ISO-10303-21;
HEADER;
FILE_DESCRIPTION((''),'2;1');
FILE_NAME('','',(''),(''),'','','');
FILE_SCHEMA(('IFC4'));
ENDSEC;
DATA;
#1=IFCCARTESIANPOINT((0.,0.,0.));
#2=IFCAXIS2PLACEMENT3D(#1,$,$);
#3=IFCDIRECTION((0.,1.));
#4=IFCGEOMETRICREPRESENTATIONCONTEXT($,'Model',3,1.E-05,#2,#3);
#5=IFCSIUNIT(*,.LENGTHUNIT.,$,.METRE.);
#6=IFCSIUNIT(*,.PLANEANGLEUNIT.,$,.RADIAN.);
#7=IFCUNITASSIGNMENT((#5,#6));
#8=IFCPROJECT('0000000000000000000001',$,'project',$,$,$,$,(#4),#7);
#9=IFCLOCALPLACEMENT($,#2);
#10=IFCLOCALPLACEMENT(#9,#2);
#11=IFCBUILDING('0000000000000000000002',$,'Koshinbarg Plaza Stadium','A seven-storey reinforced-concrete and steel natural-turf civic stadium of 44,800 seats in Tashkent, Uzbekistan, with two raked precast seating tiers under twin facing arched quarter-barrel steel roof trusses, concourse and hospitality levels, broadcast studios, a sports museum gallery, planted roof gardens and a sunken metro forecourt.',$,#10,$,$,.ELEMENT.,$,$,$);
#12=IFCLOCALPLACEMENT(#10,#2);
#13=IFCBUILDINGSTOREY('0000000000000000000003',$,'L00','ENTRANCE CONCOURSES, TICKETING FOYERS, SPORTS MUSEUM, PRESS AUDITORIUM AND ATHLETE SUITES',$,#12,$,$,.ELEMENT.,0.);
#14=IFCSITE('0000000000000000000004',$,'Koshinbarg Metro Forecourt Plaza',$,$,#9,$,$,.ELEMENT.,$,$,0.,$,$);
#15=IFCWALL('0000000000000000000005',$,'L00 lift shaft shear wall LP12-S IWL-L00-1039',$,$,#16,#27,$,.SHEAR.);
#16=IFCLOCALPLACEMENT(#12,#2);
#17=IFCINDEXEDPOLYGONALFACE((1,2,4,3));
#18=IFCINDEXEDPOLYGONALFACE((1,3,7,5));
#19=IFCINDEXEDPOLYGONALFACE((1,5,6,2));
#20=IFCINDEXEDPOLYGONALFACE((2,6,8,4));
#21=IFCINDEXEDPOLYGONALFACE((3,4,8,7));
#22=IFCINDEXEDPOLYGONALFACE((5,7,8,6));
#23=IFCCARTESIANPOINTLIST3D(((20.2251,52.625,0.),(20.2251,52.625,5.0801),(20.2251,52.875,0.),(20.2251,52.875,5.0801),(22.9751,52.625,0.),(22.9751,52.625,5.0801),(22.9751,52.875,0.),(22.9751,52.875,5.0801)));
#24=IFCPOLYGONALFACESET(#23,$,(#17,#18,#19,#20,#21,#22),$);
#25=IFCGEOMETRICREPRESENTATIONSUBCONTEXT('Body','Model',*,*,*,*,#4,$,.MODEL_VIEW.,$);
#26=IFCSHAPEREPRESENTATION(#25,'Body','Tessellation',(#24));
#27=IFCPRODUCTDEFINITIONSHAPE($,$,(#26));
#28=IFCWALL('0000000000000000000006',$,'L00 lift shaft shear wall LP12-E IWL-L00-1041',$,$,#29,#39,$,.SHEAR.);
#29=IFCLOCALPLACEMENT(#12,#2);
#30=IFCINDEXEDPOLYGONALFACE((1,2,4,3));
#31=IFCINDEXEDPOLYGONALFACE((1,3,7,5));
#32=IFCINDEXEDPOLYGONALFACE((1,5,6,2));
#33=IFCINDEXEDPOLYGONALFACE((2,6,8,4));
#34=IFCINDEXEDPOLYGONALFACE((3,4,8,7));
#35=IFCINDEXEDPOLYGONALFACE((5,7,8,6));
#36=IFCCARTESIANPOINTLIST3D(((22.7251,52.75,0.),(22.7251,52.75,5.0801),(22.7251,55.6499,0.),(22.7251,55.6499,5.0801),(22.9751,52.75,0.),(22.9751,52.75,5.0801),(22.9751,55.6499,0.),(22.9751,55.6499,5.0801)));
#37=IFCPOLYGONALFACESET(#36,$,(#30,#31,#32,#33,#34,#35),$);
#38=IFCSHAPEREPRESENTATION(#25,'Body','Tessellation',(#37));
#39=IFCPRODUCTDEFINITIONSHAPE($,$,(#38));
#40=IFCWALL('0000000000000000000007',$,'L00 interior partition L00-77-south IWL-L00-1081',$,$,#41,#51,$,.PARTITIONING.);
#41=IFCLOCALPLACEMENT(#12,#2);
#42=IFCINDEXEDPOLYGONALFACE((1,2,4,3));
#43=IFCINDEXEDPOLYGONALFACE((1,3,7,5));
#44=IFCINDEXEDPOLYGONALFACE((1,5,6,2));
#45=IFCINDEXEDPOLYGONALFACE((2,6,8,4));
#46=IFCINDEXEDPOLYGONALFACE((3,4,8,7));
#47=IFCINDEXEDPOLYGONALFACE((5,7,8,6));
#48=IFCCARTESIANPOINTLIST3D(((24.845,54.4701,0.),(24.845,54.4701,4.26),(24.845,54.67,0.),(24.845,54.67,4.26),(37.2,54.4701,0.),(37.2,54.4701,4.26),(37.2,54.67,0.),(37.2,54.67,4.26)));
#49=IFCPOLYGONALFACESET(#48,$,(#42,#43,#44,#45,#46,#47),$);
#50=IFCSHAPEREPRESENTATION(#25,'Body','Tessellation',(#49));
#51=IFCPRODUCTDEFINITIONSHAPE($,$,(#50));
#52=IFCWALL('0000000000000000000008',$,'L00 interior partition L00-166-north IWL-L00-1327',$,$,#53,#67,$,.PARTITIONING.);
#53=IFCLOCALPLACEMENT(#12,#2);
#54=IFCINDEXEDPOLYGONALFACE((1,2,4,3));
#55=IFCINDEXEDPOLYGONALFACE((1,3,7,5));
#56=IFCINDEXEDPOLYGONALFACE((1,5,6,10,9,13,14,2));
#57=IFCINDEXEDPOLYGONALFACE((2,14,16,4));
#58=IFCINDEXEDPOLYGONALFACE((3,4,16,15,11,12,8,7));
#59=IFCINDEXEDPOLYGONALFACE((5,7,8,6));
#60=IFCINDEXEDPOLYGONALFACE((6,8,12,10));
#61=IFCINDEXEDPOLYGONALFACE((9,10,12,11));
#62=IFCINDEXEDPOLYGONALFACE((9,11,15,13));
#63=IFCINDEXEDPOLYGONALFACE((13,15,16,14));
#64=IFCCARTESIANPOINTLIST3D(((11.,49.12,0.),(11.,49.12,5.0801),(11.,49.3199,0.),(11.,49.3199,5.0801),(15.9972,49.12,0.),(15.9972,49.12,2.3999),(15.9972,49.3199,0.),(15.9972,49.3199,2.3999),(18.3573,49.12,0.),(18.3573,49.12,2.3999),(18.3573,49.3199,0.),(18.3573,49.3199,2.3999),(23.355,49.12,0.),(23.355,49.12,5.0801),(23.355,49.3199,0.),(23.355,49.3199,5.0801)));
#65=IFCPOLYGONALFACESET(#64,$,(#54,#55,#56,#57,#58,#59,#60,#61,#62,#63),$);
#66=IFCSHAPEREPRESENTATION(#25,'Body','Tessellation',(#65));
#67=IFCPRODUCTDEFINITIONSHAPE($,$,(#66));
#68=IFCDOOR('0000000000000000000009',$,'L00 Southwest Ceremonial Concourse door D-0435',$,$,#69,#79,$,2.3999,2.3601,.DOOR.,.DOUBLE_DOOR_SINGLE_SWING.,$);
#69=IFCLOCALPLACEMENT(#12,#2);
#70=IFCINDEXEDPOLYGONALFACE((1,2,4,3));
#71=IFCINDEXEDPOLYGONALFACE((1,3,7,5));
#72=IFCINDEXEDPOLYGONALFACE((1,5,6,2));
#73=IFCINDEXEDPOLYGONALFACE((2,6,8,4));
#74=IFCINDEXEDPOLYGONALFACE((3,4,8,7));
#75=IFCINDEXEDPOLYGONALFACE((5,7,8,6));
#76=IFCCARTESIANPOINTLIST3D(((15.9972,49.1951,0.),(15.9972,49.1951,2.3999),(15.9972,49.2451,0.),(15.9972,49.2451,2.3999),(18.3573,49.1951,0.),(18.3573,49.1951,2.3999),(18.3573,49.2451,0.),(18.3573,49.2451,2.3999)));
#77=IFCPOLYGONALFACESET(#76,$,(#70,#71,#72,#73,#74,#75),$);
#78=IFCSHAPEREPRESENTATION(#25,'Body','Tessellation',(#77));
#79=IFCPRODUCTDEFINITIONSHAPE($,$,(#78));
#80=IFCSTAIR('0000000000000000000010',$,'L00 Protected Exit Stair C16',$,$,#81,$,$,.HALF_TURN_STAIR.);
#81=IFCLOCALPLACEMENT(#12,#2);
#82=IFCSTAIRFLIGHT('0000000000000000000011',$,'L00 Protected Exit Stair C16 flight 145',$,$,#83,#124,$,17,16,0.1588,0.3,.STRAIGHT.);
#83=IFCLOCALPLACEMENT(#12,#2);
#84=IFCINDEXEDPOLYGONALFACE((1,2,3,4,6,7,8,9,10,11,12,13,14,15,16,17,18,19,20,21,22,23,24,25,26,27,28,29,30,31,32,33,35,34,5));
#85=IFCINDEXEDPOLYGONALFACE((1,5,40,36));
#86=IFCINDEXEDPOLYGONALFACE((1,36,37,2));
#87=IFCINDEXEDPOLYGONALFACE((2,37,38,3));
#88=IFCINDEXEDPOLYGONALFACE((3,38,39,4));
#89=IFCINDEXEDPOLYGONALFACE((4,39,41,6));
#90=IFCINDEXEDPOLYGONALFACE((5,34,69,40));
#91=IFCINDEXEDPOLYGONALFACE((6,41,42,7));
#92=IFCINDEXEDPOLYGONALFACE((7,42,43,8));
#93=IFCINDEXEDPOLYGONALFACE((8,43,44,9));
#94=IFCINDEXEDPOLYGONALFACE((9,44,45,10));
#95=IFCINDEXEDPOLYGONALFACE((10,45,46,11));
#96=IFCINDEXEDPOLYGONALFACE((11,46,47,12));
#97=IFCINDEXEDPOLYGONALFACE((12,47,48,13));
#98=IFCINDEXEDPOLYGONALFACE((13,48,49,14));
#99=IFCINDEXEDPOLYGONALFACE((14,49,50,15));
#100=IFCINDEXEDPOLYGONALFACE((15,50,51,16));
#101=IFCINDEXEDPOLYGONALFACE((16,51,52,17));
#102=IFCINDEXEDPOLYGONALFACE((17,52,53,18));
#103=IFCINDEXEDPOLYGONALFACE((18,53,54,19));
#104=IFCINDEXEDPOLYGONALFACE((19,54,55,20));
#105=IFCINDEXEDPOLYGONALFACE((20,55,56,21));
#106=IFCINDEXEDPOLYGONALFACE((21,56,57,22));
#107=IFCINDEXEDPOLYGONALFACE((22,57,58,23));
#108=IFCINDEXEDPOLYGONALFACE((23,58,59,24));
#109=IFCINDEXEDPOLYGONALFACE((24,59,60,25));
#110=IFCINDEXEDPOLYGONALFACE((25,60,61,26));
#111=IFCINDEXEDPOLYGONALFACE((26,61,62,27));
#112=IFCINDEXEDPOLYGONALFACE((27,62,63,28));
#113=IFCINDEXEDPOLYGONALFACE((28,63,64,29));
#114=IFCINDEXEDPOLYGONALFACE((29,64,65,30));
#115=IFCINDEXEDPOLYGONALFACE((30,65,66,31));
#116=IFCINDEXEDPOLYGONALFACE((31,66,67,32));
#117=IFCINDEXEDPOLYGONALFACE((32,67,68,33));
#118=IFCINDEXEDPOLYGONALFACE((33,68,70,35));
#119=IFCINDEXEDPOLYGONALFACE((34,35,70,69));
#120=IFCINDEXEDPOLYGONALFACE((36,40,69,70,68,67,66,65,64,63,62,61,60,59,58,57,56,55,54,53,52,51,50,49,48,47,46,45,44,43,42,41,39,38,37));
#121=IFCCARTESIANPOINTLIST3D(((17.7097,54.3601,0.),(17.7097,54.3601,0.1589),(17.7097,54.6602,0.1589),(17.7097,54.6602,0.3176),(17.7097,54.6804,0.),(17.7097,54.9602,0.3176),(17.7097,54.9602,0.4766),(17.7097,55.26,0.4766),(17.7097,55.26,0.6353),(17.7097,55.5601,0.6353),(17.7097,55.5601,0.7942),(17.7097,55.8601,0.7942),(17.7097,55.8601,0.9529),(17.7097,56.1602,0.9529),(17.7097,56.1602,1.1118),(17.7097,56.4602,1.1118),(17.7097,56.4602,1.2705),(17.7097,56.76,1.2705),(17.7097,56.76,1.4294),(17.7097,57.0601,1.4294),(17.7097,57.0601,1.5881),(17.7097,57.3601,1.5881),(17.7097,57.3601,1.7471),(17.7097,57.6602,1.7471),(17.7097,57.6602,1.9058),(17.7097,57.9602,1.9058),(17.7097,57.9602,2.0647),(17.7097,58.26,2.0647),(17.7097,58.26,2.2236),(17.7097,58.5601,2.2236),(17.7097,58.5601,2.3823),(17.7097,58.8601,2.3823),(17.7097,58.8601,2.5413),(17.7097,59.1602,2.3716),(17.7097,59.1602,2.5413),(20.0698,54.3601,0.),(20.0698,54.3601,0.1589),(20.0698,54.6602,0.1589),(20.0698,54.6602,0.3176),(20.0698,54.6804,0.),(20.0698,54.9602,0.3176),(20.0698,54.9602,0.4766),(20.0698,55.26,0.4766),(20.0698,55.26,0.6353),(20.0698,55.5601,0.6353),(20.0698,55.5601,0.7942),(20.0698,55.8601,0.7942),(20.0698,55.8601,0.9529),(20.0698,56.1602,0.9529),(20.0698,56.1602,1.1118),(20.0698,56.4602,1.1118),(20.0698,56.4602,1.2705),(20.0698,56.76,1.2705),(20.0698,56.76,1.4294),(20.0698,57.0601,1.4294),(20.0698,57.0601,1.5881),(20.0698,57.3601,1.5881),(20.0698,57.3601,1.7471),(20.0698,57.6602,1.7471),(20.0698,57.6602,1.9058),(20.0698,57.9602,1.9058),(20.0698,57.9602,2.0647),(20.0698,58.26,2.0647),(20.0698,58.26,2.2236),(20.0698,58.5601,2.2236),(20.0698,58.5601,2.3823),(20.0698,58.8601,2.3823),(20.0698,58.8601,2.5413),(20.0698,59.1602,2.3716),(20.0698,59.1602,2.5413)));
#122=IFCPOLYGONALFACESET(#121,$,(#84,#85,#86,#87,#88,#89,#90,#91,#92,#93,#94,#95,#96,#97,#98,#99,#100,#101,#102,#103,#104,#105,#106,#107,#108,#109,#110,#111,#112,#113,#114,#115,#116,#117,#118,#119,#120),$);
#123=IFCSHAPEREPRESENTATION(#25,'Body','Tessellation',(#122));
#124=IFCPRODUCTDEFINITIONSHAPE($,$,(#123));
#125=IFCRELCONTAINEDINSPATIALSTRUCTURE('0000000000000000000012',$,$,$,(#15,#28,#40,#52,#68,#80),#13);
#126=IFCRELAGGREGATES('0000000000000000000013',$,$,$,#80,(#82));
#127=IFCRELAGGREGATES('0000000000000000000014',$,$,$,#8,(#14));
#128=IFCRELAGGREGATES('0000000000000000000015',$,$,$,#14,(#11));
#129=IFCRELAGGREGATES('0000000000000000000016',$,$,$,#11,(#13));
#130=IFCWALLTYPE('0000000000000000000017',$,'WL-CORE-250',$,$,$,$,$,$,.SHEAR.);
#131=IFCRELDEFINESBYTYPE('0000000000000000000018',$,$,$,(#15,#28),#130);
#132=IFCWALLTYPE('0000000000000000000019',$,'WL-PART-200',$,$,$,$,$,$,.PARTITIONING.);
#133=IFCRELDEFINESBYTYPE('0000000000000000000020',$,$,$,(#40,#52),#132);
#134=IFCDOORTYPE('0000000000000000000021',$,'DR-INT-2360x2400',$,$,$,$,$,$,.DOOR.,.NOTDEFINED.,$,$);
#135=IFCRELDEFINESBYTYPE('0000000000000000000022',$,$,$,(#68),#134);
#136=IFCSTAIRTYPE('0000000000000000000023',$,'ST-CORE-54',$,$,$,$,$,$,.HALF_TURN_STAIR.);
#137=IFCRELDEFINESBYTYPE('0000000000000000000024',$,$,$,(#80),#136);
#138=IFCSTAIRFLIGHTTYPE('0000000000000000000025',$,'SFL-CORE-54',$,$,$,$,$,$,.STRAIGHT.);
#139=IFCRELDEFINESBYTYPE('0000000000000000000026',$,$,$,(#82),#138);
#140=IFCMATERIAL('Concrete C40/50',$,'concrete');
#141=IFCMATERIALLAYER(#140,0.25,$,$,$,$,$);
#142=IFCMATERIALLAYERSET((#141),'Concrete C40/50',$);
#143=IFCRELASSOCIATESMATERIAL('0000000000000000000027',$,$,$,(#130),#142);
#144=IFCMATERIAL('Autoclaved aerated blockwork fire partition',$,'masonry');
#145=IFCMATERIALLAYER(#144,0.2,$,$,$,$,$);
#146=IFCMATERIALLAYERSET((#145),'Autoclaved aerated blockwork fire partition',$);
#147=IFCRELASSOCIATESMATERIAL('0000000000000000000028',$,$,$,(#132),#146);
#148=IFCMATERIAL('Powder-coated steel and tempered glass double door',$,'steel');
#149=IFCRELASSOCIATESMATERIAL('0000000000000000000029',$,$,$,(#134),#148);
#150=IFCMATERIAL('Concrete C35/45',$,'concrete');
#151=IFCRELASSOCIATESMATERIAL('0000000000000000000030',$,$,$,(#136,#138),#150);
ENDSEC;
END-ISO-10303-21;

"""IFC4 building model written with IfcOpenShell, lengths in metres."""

from ifc_helpers import new_model, si_unit, direction, frame, frame_2d, origin, place, context, subcontext, project, spatial, polyline, rectangle, outline, extrude, material, layer, layer_set, type_object, element, fill, aggregate, save


model = new_model("IFC4")

# Units and contexts
model_context = context("Model", 3, precision=1e-05, world=origin(), true_north=direction((0.0, 1.0)))
body_context = subcontext(model_context, "Body", "Model", "MODEL_VIEW")
ifc_project = project(units=[si_unit("LENGTHUNIT", "METRE"), si_unit("PLANEANGLEUNIT", "RADIAN")], contexts=[model_context])

# Site, building, storey
site_placement = place(None, origin())
site = spatial("IfcSite", under=ifc_project, at=site_placement, Name="Koshinbarg Metro Forecourt Plaza", CompositionType="ELEMENT", RefElevation=0.0)
building_placement = place(site_placement, origin())
building = spatial("IfcBuilding", under=site, at=building_placement, Name="Koshinbarg Plaza Stadium", Description="A seven-storey reinforced-concrete and steel natural-turf civic stadium of 44,800 seats in Tashkent, Uzbekistan, with two raked precast seating tiers under twin facing arched quarter-barrel steel roof trusses, concourse and hospitality levels, broadcast studios, a sports museum gallery, planted roof gardens and a sunken metro forecourt.", CompositionType="ELEMENT")
storey_placement = place(building_placement, origin())
storey = spatial("IfcBuildingStorey", under=building, at=storey_placement, Name="L00", Description="ENTRANCE CONCOURSES, TICKETING FOYERS, SPORTS MUSEUM, PRESS AUDITORIUM AND ATHLETE SUITES", CompositionType="ELEMENT", Elevation=0.0)

# Shared definitions
ifc_material_1 = material(Name="Concrete C35/45", Category="concrete")

# Shared definitions
ifc_material_2 = material(Name="Concrete C40/50", Category="concrete")

# Wall
ifc_layer_1 = layer(ifc_material_2, 0.25)
ifc_layer_set_1 = layer_set([ifc_layer_1], Name="Concrete C40/50")
wall_type_1 = type_object("IfcWallType", Name="WL-CORE-250", PredefinedType="SHEAR", material=ifc_layer_set_1)
wall_1_placement = place(storey_placement, frame((20.2251, 52.75, 0.0), z_axis=(0.0, 0.0, 1.0), x_axis=(1.0, 0.0, 0.0)))
element("IfcWall", 1, at=wall_1_placement, inside=storey, type_object=wall_type_1, Name="L00 lift shaft shear wall LP12-S IWL-L00-1039", PredefinedType="SHEAR", context=body_context, shape_type="SweptSolid", body=[
    extrude(rectangle(XDim=2.75, YDim=0.25, at=frame_2d((1.375, 0.0))), origin(), (0.0, 0.0, 1.0), 5.0801),
])

# Wall
wall_2_placement = place(storey_placement, frame((22.8501, 52.75, 0.0), z_axis=(0.0, 0.0, 1.0), x_axis=(0.0, 1.0, 0.0)))
element("IfcWall", 2, at=wall_2_placement, inside=storey, type_object=wall_type_1, Name="L00 lift shaft shear wall LP12-E IWL-L00-1041", PredefinedType="SHEAR", context=body_context, shape_type="SweptSolid", body=[
    extrude(rectangle(XDim=2.8999, YDim=0.25, at=frame_2d((1.45, 0.0))), origin(), (0.0, 0.0, 1.0), 5.0801),
])

# Shared definitions
ifc_material_3 = material(Name="Autoclaved aerated blockwork fire partition", Category="masonry")
ifc_layer_2 = layer(ifc_material_3, 0.2)
ifc_layer_set_2 = layer_set([ifc_layer_2], Name="Autoclaved aerated blockwork fire partition")
wall_type_2 = type_object("IfcWallType", Name="WL-PART-200", PredefinedType="PARTITIONING", material=ifc_layer_set_2)

# Wall
wall_3_placement = place(storey_placement, frame((24.845, 54.5701, 0.0), z_axis=(0.0, 0.0, 1.0), x_axis=(1.0, 0.0, 0.0)))
element("IfcWall", 3, at=wall_3_placement, inside=storey, type_object=wall_type_2, Name="L00 interior partition L00-77-south IWL-L00-1081", PredefinedType="PARTITIONING", context=body_context, shape_type="SweptSolid", body=[
    extrude(rectangle(XDim=12.355, YDim=0.2, at=frame_2d((6.1775, 0.0))), origin(), (0.0, 0.0, 1.0), 4.26),
])

# Wall, opening, door
wall_4_placement = place(storey_placement, frame((23.355, 49.22, 0.0), z_axis=(0.0, 0.0, 1.0), x_axis=(-1.0, 0.0, 0.0)))
wall_4 = element("IfcWall", 4, at=wall_4_placement, inside=storey, type_object=wall_type_2, Name="L00 interior partition L00-166-north IWL-L00-1327", PredefinedType="PARTITIONING", context=body_context, shape_type="SweptSolid", body=[
    extrude(rectangle(XDim=12.355, YDim=0.2, at=frame_2d((6.1775, 0.0))), origin(), (0.0, 0.0, 1.0), 5.0801),
])
opening_1_placement = place(wall_4_placement, frame((4.9976, 0.0, 0.0)))
opening_1 = element("IfcOpeningElement", 5, at=opening_1_placement, cuts=wall_4, PredefinedType="OPENING", context=body_context, shape_type="SweptSolid", body=[
    extrude(rectangle(XDim=2.3601, YDim=2.3999, at=frame_2d((1.1802, 1.2))), frame((0.0, 0.1099, 0.0), z_axis=(0.0, -1.0, 0.0), x_axis=(1.0, 0.0, 0.0)), (0.0, 0.0, 1.0), 0.22),
])
ifc_material_4 = material(Name="Powder-coated steel and tempered glass double door", Category="steel")
door_type_1 = type_object("IfcDoorType", Name="DR-INT-2360x2400", OperationType="NOTDEFINED", PredefinedType="DOOR", material=ifc_material_4)
door_1_placement = place(opening_1_placement, origin())
door_1 = element("IfcDoor", 6, at=door_1_placement, inside=storey, type_object=door_type_1, Name="L00 Southwest Ceremonial Concourse door D-0435", OperationType="DOUBLE_DOOR_SINGLE_SWING", OverallHeight=2.3999, OverallWidth=2.3601, PredefinedType="DOOR", context=body_context, shape_type="SweptSolid", body=[
    extrude(rectangle(XDim=2.3601, YDim=2.3999, at=frame_2d((1.1802, 1.2))), frame((0.0, 0.0249, 0.0), z_axis=(0.0, -1.0, 0.0), x_axis=(1.0, 0.0, 0.0)), (0.0, 0.0, 1.0), 0.05),
])
fill(opening_1, door_1)

# Stair, stair flight
stair_type = type_object("IfcStairType", Name="ST-CORE-54", PredefinedType="HALF_TURN_STAIR", material=ifc_material_1)
stair_placement = place(storey_placement, origin())
stair = element("IfcStair", 7, at=stair_placement, inside=storey, type_object=stair_type, Name="L00 Protected Exit Stair C16", PredefinedType="HALF_TURN_STAIR")
stair_flight_type = type_object("IfcStairFlightType", Name="SFL-CORE-54", PredefinedType="STRAIGHT", material=ifc_material_1)
stair_flight_placement = place(storey_placement, frame((18.8899, 54.3601, 0.0), z_axis=(0.0, 0.0, 1.0), x_axis=(0.0, 1.0, 0.0)))
stair_flight = element("IfcStairFlight", 8, at=stair_flight_placement, type_object=stair_flight_type, Name="L00 Protected Exit Stair C16 flight 145", NumberOfRisers=17, NumberOfTreads=16, PredefinedType="STRAIGHT", RiserHeight=0.1588, TreadLength=0.3, context=body_context, shape_type="SweptSolid", body=[
    extrude(outline(polyline([(0.0, 0.0), (0.0, 0.1589), (0.3, 0.1589), (0.3, 0.3176), (0.6001, 0.3176), (0.6001, 0.4766), (0.8999, 0.4766), (0.8999, 0.6353), (1.2, 0.6353), (1.2, 0.7942), (1.5, 0.7942), (1.5, 0.9529), (1.8, 0.9529), (1.8, 1.1118), (2.1001, 1.1118), (2.1001, 1.2705), (2.3999, 1.2705), (2.3999, 1.4294), (2.7, 1.4294), (2.7, 1.5881), (3.0, 1.5881), (3.0, 1.7471), (3.3, 1.7471), (3.3, 1.9058), (3.6001, 1.9058), (3.6001, 2.0647), (3.8999, 2.0647), (3.8999, 2.2236), (4.2, 2.2236), (4.2, 2.3823), (4.5, 2.3823), (4.5, 2.5413), (4.8, 2.5413), (4.8, 2.7), (4.8, 2.3716), (0.3203, 0.0), (0.0, 0.0)])), frame((0.0, 1.1802, 0.0), z_axis=(0.0, -1.0, 0.0), x_axis=(1.0, 0.0, 0.0)), (0.0, 0.0, 1.0), 2.3601),
])
aggregate(stair, [stair_flight])

save(model, "model.ifc")
